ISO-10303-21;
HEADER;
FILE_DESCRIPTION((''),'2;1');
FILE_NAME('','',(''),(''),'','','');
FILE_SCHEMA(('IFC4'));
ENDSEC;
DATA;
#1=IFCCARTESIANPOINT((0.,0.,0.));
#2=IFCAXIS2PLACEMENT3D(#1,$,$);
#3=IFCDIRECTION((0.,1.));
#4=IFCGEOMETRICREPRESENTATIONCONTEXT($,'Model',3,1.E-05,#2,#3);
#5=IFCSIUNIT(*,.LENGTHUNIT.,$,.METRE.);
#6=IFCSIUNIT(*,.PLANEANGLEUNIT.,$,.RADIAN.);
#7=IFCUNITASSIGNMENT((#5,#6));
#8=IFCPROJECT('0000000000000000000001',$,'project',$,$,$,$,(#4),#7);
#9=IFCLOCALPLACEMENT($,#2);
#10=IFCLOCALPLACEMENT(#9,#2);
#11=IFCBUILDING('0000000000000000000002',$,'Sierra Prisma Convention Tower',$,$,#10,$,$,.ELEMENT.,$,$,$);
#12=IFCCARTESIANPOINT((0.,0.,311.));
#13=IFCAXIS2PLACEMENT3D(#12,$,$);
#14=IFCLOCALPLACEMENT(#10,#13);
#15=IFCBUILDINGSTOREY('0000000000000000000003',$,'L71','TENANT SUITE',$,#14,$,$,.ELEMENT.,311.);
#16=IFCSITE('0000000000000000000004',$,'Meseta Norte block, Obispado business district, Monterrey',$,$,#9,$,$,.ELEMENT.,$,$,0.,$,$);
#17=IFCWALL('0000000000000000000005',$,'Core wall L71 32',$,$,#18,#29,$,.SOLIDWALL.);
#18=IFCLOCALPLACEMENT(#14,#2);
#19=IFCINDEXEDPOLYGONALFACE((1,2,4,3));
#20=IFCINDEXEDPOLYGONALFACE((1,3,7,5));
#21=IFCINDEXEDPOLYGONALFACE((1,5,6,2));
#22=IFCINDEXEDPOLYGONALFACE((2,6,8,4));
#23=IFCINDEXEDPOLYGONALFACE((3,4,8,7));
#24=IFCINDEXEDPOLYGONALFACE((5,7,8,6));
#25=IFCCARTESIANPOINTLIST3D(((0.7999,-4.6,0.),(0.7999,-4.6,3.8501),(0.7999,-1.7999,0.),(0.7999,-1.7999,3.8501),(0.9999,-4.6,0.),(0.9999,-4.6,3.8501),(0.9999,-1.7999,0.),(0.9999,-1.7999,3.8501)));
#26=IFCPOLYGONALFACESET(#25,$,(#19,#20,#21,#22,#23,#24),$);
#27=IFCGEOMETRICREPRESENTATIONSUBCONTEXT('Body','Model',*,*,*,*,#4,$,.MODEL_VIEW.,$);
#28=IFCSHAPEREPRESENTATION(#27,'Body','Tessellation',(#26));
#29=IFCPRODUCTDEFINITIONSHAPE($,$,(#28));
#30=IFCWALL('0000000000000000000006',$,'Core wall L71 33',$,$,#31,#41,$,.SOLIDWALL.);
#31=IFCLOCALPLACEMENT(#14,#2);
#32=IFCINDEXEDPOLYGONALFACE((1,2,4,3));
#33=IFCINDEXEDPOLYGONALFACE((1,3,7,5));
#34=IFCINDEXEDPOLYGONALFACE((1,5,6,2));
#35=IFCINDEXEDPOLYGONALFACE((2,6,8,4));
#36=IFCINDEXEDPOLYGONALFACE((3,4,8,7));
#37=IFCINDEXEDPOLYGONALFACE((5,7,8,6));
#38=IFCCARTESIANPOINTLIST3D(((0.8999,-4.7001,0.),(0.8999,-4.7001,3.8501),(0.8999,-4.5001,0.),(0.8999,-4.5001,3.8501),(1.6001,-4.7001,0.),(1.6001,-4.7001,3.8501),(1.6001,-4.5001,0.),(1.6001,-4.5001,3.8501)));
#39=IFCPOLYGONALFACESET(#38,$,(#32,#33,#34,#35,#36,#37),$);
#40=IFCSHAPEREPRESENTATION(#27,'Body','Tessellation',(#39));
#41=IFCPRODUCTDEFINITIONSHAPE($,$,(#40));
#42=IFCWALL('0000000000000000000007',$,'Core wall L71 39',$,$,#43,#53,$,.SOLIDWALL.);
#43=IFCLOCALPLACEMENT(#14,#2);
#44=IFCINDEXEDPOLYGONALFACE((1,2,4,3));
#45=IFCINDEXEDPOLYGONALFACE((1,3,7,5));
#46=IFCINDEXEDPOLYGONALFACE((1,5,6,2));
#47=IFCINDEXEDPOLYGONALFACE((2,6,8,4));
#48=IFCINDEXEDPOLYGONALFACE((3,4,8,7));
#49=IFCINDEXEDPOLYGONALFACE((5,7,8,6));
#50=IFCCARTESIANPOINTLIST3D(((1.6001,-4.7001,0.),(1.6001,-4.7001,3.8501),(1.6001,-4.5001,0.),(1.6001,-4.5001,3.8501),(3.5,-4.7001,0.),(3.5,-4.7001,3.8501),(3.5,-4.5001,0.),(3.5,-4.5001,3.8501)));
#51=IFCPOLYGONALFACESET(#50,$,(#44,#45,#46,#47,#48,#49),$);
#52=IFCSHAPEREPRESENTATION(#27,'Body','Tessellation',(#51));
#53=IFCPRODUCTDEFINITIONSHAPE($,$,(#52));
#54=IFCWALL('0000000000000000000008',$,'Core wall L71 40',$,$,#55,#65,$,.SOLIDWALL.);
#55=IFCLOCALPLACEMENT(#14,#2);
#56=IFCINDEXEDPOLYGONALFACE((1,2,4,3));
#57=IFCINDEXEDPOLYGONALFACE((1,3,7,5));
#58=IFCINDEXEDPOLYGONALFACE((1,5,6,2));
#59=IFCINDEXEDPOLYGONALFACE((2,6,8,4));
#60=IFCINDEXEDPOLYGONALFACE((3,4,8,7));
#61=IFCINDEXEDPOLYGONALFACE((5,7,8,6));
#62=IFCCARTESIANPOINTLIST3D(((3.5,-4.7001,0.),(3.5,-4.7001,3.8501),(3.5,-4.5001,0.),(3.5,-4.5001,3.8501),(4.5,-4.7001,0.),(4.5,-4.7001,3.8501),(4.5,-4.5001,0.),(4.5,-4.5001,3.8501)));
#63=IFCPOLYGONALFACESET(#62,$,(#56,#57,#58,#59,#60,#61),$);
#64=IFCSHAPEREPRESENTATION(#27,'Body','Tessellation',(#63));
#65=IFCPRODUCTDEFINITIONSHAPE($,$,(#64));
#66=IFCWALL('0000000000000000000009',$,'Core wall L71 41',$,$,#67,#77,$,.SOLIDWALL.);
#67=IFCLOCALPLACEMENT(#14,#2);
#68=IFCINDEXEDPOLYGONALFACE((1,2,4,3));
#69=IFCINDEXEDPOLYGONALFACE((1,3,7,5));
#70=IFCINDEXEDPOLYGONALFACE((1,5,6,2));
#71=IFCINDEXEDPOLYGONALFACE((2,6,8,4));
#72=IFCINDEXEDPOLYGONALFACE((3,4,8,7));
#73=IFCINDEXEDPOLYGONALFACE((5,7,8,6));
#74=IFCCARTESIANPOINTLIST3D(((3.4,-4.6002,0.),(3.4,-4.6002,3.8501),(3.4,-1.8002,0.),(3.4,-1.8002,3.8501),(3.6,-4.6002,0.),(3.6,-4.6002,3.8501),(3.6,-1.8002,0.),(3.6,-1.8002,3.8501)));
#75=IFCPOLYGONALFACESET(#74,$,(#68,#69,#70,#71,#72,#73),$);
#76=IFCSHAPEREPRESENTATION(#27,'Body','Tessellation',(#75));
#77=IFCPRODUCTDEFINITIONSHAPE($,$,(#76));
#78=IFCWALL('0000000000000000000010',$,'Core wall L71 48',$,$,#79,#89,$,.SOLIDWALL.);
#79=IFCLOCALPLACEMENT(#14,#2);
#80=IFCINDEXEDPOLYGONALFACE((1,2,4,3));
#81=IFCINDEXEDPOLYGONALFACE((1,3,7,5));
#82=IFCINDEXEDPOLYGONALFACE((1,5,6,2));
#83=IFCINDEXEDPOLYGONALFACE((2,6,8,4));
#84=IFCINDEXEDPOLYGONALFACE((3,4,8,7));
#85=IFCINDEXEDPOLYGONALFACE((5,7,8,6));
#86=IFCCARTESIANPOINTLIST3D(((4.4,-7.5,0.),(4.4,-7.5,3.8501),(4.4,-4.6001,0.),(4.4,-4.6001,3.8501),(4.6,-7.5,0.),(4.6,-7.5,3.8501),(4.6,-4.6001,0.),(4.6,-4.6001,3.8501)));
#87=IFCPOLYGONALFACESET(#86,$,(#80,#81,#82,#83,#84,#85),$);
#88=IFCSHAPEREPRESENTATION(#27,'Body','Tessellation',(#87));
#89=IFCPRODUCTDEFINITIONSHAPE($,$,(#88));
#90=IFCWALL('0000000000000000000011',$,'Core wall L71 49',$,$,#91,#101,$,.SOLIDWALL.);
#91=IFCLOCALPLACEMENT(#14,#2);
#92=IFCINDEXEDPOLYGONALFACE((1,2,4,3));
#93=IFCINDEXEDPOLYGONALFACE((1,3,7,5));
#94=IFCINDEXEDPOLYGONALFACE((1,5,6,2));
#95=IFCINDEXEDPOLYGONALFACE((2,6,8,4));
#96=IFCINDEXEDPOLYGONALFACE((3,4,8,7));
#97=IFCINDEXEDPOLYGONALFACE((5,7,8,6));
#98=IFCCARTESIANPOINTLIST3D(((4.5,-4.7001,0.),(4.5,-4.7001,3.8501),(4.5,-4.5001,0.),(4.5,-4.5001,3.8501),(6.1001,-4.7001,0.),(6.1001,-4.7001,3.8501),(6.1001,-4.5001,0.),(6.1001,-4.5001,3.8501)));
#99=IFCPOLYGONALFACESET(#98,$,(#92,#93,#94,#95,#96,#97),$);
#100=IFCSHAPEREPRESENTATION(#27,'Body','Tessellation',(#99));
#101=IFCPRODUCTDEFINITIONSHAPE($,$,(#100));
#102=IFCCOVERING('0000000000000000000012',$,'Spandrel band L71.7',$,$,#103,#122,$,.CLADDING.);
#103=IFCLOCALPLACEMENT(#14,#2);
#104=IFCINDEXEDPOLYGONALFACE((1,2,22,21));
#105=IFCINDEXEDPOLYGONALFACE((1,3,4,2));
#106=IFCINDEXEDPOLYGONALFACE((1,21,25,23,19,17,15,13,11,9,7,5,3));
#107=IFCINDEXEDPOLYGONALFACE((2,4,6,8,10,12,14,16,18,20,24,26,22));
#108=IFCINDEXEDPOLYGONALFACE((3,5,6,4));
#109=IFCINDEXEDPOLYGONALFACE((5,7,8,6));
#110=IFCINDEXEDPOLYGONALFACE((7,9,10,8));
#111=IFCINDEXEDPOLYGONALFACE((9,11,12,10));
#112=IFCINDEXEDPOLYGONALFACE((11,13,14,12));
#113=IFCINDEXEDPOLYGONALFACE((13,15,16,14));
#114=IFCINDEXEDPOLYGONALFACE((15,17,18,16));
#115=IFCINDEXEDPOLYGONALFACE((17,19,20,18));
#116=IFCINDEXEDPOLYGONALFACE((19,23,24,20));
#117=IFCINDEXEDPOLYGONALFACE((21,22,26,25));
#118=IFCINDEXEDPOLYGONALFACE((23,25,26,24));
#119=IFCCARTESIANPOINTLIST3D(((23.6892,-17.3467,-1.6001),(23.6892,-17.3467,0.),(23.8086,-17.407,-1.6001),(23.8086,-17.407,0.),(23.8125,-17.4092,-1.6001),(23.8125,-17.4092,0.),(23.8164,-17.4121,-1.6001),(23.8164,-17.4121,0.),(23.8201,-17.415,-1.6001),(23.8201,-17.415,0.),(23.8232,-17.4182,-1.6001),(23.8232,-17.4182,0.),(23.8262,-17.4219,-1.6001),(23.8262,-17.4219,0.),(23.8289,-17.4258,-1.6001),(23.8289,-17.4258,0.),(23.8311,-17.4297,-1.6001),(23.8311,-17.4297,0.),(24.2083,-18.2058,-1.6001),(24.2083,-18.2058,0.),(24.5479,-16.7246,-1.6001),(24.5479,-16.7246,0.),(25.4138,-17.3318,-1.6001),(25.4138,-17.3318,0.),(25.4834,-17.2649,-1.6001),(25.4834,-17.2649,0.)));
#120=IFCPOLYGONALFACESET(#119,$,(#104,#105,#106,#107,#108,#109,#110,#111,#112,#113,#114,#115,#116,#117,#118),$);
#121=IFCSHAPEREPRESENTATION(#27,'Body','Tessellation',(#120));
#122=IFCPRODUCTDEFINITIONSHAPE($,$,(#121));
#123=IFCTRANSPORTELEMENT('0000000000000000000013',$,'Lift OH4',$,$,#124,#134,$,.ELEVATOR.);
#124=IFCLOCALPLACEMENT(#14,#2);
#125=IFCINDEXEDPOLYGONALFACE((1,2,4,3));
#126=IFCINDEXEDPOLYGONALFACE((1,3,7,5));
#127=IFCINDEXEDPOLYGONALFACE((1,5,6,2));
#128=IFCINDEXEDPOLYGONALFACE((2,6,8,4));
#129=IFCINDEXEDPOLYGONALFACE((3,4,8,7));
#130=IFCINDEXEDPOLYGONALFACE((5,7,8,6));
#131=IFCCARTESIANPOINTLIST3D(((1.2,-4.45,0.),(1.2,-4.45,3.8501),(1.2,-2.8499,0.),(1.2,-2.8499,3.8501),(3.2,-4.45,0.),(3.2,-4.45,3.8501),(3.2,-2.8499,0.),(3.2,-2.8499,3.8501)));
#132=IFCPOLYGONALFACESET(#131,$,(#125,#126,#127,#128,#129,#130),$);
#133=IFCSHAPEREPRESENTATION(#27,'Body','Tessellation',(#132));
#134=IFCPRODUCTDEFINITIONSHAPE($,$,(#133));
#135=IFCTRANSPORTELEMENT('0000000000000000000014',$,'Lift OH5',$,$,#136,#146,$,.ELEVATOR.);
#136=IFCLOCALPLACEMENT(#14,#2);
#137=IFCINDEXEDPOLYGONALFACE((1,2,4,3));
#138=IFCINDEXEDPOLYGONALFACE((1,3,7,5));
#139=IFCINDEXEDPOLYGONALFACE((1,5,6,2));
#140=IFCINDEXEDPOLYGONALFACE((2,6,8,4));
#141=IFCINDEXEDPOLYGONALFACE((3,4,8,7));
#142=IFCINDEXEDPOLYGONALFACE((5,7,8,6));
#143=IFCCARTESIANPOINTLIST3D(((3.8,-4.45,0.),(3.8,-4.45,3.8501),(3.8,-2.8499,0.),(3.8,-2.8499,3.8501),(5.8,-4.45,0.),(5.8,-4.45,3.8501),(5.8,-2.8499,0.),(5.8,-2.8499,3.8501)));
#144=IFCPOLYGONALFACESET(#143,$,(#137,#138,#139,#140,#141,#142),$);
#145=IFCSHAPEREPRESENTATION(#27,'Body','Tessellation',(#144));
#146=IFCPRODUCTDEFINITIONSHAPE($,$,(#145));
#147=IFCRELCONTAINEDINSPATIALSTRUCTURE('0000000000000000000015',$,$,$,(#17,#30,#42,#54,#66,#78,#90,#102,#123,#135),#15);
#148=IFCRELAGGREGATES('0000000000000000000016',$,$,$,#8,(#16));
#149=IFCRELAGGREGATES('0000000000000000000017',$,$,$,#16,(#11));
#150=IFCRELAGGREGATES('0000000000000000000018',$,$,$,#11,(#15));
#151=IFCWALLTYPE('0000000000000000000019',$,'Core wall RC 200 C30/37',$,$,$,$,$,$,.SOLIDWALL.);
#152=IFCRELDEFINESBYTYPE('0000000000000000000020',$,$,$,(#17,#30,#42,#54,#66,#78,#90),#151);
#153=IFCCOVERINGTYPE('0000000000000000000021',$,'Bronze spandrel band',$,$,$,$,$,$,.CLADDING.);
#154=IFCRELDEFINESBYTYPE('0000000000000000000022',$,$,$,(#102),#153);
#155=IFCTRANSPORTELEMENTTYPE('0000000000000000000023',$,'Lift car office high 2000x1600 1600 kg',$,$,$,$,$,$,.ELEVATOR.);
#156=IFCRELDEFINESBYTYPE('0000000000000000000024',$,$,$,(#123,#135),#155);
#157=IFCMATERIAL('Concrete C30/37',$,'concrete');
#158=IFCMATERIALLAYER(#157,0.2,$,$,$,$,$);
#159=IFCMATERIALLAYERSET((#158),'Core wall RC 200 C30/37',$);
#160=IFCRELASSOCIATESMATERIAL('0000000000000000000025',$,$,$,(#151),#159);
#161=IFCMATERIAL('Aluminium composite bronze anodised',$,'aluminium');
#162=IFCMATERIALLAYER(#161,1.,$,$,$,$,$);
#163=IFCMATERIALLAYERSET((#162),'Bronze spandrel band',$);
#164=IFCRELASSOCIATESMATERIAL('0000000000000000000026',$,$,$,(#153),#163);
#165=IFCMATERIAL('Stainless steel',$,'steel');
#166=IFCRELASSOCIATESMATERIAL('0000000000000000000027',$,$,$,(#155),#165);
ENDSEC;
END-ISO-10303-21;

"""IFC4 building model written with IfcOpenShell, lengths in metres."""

from ifc_helpers import new_model, si_unit, direction, frame, frame_2d, origin, origin_2d, place, context, subcontext, project, spatial, polyline, rectangle, outline, extrude, material, layer, layer_set, type_object, element, save


model = new_model("IFC4")

# Units and contexts
model_context = context("Model", 3, precision=1e-05, world=origin(), true_north=direction((0.0, 1.0)))
body_context = subcontext(model_context, "Body", "Model", "MODEL_VIEW")
ifc_project = project(units=[si_unit("LENGTHUNIT", "METRE"), si_unit("PLANEANGLEUNIT", "RADIAN")], contexts=[model_context])

# Site, building, storey
site_placement = place(None, origin())
site = spatial("IfcSite", under=ifc_project, at=site_placement, Name="Meseta Norte block, Obispado business district, Monterrey", CompositionType="ELEMENT", RefElevation=0.0)
building_placement = place(site_placement, origin())
building = spatial("IfcBuilding", under=site, at=building_placement, Name="Sierra Prisma Convention Tower", CompositionType="ELEMENT")
storey_placement = place(building_placement, frame((0.0, 0.0, 311.0)))
storey = spatial("IfcBuildingStorey", under=building, at=storey_placement, Name="L71", Description="TENANT SUITE", CompositionType="ELEMENT", Elevation=311.0)

# Shared definitions
ifc_material_1 = material(Name="Concrete C30/37", Category="concrete")
ifc_layer_1 = layer(ifc_material_1, 0.2)
ifc_layer_set_1 = layer_set([ifc_layer_1], Name="Core wall RC 200 C30/37")
wall_type = type_object("IfcWallType", Name="Core wall RC 200 C30/37", PredefinedType="SOLIDWALL", material=ifc_layer_set_1)

# Walls
wall_1_placement = place(storey_placement, frame((0.8999, -1.8, 0.0), z_axis=(0.0, 0.0, 1.0), x_axis=(0.0, -1.0, 0.0)))
element("IfcWall", 1, at=wall_1_placement, inside=storey, type_object=wall_type, Name="Core wall L71 32", PredefinedType="SOLIDWALL", context=body_context, shape_type="SweptSolid", body=[
    extrude(rectangle(XDim=2.8, YDim=0.2, at=frame_2d((1.3999, 0.0))), origin(), (0.0, 0.0, 1.0), 3.8501),
])
wall_2_placement = place(storey_placement, frame((0.8999, -4.6001, 0.0), z_axis=(0.0, 0.0, 1.0), x_axis=(1.0, 0.0, 0.0)))
element("IfcWall", 2, at=wall_2_placement, inside=storey, type_object=wall_type, Name="Core wall L71 33", PredefinedType="SOLIDWALL", context=body_context, shape_type="SweptSolid", body=[
    extrude(rectangle(XDim=0.7002, YDim=0.2, at=frame_2d((0.3501, 0.0))), origin(), (0.0, 0.0, 1.0), 3.8501),
])

# Walls
wall_3_placement = place(storey_placement, frame((3.5, -4.6001, 0.0), z_axis=(0.0, 0.0, 1.0), x_axis=(-1.0, 0.0, 0.0)))
element("IfcWall", 3, at=wall_3_placement, inside=storey, type_object=wall_type, Name="Core wall L71 39", PredefinedType="SOLIDWALL", context=body_context, shape_type="SweptSolid", body=[
    extrude(rectangle(XDim=1.8999, YDim=0.2, at=frame_2d((0.95, 0.0))), origin(), (0.0, 0.0, 1.0), 3.8501),
])
wall_4_placement = place(storey_placement, frame((4.5, -4.6001, 0.0), z_axis=(0.0, 0.0, 1.0), x_axis=(-1.0, 0.0, 0.0)))
element("IfcWall", 4, at=wall_4_placement, inside=storey, type_object=wall_type, Name="Core wall L71 40", PredefinedType="SOLIDWALL", context=body_context, shape_type="SweptSolid", body=[
    extrude(rectangle(XDim=1.0, YDim=0.2, at=frame_2d((0.5, 0.0))), origin(), (0.0, 0.0, 1.0), 3.8501),
])
wall_5_placement = place(storey_placement, frame((3.5, -4.6001, 0.0), z_axis=(0.0, 0.0, 1.0), x_axis=(0.0, 1.0, 0.0)))
element("IfcWall", 5, at=wall_5_placement, inside=storey, type_object=wall_type, Name="Core wall L71 41", PredefinedType="SOLIDWALL", context=body_context, shape_type="SweptSolid", body=[
    extrude(rectangle(XDim=2.8, YDim=0.2, at=frame_2d((1.3999, 0.0))), origin(), (0.0, 0.0, 1.0), 3.8501),
])

# Walls
wall_6_placement = place(storey_placement, frame((4.5, -4.6001, 0.0), z_axis=(0.0, 0.0, 1.0), x_axis=(0.0, -1.0, 0.0)))
element("IfcWall", 6, at=wall_6_placement, inside=storey, type_object=wall_type, Name="Core wall L71 48", PredefinedType="SOLIDWALL", context=body_context, shape_type="SweptSolid", body=[
    extrude(rectangle(XDim=2.8999, YDim=0.2, at=frame_2d((1.45, 0.0))), origin(), (0.0, 0.0, 1.0), 3.8501),
])
wall_7_placement = place(storey_placement, frame((6.1001, -4.6001, 0.0), z_axis=(0.0, 0.0, 1.0), x_axis=(-1.0, 0.0, 0.0)))
element("IfcWall", 7, at=wall_7_placement, inside=storey, type_object=wall_type, Name="Core wall L71 49", PredefinedType="SOLIDWALL", context=body_context, shape_type="SweptSolid", body=[
    extrude(rectangle(XDim=1.6001, YDim=0.2, at=frame_2d((0.8, 0.0))), origin(), (0.0, 0.0, 1.0), 3.8501),
])

# Covering
ifc_material_2 = material(Name="Aluminium composite bronze anodised", Category="aluminium")
ifc_layer_2 = layer(ifc_material_2, 1.0)
ifc_layer_set_2 = layer_set([ifc_layer_2], Name="Bronze spandrel band")
covering_type = type_object("IfcCoveringType", Name="Bronze spandrel band", PredefinedType="CLADDING", material=ifc_layer_set_2)
covering_placement = place(storey_placement, frame((0.0, 0.0, -1.6001)))
element("IfcCovering", 8, at=covering_placement, inside=storey, type_object=covering_type, Name="Spandrel band L71.7", PredefinedType="CLADDING", context=body_context, shape_type="SweptSolid", body=[
    extrude(outline(polyline([(25.4138, -17.3318), (24.2083, -18.2058), (23.8311, -17.4297), (23.8289, -17.4258), (23.8262, -17.4219), (23.8232, -17.4182), (23.8201, -17.415), (23.8164, -17.4121), (23.8125, -17.4092), (23.8086, -17.407), (23.6892, -17.3467), (24.5479, -16.7246), (25.4834, -17.2649), (25.4138, -17.3318)])), origin(), (0.0, 0.0, 1.0), 1.6001),
])

# Transport elements
ifc_material_3 = material(Name="Stainless steel", Category="steel")
transport_element_type = type_object("IfcTransportElementType", Name="Lift car office high 2000x1600 1600 kg", PredefinedType="ELEVATOR", material=ifc_material_3)
for number, where, z_axis, x_axis, name in (
    (9, (2.2, -3.6499, 0.0), (0.0, 0.0, 1.0), (1.0, 0.0, 0.0), "Lift OH4"),
    (10, (4.8, -3.6499, 0.0), (0.0, 0.0, 1.0), (1.0, 0.0, 0.0), "Lift OH5"),
):
    element("IfcTransportElement", number, at=place(storey_placement, frame(where, z_axis=z_axis, x_axis=x_axis)), inside=storey, type_object=transport_element_type, Name=name, PredefinedType="ELEVATOR", context=body_context, shape_type="SweptSolid", body=[
        extrude(rectangle(XDim=2.0, YDim=1.6001, at=origin_2d()), origin(), (0.0, 0.0, 1.0), 3.8501),
    ])

save(model, "model.ifc")
